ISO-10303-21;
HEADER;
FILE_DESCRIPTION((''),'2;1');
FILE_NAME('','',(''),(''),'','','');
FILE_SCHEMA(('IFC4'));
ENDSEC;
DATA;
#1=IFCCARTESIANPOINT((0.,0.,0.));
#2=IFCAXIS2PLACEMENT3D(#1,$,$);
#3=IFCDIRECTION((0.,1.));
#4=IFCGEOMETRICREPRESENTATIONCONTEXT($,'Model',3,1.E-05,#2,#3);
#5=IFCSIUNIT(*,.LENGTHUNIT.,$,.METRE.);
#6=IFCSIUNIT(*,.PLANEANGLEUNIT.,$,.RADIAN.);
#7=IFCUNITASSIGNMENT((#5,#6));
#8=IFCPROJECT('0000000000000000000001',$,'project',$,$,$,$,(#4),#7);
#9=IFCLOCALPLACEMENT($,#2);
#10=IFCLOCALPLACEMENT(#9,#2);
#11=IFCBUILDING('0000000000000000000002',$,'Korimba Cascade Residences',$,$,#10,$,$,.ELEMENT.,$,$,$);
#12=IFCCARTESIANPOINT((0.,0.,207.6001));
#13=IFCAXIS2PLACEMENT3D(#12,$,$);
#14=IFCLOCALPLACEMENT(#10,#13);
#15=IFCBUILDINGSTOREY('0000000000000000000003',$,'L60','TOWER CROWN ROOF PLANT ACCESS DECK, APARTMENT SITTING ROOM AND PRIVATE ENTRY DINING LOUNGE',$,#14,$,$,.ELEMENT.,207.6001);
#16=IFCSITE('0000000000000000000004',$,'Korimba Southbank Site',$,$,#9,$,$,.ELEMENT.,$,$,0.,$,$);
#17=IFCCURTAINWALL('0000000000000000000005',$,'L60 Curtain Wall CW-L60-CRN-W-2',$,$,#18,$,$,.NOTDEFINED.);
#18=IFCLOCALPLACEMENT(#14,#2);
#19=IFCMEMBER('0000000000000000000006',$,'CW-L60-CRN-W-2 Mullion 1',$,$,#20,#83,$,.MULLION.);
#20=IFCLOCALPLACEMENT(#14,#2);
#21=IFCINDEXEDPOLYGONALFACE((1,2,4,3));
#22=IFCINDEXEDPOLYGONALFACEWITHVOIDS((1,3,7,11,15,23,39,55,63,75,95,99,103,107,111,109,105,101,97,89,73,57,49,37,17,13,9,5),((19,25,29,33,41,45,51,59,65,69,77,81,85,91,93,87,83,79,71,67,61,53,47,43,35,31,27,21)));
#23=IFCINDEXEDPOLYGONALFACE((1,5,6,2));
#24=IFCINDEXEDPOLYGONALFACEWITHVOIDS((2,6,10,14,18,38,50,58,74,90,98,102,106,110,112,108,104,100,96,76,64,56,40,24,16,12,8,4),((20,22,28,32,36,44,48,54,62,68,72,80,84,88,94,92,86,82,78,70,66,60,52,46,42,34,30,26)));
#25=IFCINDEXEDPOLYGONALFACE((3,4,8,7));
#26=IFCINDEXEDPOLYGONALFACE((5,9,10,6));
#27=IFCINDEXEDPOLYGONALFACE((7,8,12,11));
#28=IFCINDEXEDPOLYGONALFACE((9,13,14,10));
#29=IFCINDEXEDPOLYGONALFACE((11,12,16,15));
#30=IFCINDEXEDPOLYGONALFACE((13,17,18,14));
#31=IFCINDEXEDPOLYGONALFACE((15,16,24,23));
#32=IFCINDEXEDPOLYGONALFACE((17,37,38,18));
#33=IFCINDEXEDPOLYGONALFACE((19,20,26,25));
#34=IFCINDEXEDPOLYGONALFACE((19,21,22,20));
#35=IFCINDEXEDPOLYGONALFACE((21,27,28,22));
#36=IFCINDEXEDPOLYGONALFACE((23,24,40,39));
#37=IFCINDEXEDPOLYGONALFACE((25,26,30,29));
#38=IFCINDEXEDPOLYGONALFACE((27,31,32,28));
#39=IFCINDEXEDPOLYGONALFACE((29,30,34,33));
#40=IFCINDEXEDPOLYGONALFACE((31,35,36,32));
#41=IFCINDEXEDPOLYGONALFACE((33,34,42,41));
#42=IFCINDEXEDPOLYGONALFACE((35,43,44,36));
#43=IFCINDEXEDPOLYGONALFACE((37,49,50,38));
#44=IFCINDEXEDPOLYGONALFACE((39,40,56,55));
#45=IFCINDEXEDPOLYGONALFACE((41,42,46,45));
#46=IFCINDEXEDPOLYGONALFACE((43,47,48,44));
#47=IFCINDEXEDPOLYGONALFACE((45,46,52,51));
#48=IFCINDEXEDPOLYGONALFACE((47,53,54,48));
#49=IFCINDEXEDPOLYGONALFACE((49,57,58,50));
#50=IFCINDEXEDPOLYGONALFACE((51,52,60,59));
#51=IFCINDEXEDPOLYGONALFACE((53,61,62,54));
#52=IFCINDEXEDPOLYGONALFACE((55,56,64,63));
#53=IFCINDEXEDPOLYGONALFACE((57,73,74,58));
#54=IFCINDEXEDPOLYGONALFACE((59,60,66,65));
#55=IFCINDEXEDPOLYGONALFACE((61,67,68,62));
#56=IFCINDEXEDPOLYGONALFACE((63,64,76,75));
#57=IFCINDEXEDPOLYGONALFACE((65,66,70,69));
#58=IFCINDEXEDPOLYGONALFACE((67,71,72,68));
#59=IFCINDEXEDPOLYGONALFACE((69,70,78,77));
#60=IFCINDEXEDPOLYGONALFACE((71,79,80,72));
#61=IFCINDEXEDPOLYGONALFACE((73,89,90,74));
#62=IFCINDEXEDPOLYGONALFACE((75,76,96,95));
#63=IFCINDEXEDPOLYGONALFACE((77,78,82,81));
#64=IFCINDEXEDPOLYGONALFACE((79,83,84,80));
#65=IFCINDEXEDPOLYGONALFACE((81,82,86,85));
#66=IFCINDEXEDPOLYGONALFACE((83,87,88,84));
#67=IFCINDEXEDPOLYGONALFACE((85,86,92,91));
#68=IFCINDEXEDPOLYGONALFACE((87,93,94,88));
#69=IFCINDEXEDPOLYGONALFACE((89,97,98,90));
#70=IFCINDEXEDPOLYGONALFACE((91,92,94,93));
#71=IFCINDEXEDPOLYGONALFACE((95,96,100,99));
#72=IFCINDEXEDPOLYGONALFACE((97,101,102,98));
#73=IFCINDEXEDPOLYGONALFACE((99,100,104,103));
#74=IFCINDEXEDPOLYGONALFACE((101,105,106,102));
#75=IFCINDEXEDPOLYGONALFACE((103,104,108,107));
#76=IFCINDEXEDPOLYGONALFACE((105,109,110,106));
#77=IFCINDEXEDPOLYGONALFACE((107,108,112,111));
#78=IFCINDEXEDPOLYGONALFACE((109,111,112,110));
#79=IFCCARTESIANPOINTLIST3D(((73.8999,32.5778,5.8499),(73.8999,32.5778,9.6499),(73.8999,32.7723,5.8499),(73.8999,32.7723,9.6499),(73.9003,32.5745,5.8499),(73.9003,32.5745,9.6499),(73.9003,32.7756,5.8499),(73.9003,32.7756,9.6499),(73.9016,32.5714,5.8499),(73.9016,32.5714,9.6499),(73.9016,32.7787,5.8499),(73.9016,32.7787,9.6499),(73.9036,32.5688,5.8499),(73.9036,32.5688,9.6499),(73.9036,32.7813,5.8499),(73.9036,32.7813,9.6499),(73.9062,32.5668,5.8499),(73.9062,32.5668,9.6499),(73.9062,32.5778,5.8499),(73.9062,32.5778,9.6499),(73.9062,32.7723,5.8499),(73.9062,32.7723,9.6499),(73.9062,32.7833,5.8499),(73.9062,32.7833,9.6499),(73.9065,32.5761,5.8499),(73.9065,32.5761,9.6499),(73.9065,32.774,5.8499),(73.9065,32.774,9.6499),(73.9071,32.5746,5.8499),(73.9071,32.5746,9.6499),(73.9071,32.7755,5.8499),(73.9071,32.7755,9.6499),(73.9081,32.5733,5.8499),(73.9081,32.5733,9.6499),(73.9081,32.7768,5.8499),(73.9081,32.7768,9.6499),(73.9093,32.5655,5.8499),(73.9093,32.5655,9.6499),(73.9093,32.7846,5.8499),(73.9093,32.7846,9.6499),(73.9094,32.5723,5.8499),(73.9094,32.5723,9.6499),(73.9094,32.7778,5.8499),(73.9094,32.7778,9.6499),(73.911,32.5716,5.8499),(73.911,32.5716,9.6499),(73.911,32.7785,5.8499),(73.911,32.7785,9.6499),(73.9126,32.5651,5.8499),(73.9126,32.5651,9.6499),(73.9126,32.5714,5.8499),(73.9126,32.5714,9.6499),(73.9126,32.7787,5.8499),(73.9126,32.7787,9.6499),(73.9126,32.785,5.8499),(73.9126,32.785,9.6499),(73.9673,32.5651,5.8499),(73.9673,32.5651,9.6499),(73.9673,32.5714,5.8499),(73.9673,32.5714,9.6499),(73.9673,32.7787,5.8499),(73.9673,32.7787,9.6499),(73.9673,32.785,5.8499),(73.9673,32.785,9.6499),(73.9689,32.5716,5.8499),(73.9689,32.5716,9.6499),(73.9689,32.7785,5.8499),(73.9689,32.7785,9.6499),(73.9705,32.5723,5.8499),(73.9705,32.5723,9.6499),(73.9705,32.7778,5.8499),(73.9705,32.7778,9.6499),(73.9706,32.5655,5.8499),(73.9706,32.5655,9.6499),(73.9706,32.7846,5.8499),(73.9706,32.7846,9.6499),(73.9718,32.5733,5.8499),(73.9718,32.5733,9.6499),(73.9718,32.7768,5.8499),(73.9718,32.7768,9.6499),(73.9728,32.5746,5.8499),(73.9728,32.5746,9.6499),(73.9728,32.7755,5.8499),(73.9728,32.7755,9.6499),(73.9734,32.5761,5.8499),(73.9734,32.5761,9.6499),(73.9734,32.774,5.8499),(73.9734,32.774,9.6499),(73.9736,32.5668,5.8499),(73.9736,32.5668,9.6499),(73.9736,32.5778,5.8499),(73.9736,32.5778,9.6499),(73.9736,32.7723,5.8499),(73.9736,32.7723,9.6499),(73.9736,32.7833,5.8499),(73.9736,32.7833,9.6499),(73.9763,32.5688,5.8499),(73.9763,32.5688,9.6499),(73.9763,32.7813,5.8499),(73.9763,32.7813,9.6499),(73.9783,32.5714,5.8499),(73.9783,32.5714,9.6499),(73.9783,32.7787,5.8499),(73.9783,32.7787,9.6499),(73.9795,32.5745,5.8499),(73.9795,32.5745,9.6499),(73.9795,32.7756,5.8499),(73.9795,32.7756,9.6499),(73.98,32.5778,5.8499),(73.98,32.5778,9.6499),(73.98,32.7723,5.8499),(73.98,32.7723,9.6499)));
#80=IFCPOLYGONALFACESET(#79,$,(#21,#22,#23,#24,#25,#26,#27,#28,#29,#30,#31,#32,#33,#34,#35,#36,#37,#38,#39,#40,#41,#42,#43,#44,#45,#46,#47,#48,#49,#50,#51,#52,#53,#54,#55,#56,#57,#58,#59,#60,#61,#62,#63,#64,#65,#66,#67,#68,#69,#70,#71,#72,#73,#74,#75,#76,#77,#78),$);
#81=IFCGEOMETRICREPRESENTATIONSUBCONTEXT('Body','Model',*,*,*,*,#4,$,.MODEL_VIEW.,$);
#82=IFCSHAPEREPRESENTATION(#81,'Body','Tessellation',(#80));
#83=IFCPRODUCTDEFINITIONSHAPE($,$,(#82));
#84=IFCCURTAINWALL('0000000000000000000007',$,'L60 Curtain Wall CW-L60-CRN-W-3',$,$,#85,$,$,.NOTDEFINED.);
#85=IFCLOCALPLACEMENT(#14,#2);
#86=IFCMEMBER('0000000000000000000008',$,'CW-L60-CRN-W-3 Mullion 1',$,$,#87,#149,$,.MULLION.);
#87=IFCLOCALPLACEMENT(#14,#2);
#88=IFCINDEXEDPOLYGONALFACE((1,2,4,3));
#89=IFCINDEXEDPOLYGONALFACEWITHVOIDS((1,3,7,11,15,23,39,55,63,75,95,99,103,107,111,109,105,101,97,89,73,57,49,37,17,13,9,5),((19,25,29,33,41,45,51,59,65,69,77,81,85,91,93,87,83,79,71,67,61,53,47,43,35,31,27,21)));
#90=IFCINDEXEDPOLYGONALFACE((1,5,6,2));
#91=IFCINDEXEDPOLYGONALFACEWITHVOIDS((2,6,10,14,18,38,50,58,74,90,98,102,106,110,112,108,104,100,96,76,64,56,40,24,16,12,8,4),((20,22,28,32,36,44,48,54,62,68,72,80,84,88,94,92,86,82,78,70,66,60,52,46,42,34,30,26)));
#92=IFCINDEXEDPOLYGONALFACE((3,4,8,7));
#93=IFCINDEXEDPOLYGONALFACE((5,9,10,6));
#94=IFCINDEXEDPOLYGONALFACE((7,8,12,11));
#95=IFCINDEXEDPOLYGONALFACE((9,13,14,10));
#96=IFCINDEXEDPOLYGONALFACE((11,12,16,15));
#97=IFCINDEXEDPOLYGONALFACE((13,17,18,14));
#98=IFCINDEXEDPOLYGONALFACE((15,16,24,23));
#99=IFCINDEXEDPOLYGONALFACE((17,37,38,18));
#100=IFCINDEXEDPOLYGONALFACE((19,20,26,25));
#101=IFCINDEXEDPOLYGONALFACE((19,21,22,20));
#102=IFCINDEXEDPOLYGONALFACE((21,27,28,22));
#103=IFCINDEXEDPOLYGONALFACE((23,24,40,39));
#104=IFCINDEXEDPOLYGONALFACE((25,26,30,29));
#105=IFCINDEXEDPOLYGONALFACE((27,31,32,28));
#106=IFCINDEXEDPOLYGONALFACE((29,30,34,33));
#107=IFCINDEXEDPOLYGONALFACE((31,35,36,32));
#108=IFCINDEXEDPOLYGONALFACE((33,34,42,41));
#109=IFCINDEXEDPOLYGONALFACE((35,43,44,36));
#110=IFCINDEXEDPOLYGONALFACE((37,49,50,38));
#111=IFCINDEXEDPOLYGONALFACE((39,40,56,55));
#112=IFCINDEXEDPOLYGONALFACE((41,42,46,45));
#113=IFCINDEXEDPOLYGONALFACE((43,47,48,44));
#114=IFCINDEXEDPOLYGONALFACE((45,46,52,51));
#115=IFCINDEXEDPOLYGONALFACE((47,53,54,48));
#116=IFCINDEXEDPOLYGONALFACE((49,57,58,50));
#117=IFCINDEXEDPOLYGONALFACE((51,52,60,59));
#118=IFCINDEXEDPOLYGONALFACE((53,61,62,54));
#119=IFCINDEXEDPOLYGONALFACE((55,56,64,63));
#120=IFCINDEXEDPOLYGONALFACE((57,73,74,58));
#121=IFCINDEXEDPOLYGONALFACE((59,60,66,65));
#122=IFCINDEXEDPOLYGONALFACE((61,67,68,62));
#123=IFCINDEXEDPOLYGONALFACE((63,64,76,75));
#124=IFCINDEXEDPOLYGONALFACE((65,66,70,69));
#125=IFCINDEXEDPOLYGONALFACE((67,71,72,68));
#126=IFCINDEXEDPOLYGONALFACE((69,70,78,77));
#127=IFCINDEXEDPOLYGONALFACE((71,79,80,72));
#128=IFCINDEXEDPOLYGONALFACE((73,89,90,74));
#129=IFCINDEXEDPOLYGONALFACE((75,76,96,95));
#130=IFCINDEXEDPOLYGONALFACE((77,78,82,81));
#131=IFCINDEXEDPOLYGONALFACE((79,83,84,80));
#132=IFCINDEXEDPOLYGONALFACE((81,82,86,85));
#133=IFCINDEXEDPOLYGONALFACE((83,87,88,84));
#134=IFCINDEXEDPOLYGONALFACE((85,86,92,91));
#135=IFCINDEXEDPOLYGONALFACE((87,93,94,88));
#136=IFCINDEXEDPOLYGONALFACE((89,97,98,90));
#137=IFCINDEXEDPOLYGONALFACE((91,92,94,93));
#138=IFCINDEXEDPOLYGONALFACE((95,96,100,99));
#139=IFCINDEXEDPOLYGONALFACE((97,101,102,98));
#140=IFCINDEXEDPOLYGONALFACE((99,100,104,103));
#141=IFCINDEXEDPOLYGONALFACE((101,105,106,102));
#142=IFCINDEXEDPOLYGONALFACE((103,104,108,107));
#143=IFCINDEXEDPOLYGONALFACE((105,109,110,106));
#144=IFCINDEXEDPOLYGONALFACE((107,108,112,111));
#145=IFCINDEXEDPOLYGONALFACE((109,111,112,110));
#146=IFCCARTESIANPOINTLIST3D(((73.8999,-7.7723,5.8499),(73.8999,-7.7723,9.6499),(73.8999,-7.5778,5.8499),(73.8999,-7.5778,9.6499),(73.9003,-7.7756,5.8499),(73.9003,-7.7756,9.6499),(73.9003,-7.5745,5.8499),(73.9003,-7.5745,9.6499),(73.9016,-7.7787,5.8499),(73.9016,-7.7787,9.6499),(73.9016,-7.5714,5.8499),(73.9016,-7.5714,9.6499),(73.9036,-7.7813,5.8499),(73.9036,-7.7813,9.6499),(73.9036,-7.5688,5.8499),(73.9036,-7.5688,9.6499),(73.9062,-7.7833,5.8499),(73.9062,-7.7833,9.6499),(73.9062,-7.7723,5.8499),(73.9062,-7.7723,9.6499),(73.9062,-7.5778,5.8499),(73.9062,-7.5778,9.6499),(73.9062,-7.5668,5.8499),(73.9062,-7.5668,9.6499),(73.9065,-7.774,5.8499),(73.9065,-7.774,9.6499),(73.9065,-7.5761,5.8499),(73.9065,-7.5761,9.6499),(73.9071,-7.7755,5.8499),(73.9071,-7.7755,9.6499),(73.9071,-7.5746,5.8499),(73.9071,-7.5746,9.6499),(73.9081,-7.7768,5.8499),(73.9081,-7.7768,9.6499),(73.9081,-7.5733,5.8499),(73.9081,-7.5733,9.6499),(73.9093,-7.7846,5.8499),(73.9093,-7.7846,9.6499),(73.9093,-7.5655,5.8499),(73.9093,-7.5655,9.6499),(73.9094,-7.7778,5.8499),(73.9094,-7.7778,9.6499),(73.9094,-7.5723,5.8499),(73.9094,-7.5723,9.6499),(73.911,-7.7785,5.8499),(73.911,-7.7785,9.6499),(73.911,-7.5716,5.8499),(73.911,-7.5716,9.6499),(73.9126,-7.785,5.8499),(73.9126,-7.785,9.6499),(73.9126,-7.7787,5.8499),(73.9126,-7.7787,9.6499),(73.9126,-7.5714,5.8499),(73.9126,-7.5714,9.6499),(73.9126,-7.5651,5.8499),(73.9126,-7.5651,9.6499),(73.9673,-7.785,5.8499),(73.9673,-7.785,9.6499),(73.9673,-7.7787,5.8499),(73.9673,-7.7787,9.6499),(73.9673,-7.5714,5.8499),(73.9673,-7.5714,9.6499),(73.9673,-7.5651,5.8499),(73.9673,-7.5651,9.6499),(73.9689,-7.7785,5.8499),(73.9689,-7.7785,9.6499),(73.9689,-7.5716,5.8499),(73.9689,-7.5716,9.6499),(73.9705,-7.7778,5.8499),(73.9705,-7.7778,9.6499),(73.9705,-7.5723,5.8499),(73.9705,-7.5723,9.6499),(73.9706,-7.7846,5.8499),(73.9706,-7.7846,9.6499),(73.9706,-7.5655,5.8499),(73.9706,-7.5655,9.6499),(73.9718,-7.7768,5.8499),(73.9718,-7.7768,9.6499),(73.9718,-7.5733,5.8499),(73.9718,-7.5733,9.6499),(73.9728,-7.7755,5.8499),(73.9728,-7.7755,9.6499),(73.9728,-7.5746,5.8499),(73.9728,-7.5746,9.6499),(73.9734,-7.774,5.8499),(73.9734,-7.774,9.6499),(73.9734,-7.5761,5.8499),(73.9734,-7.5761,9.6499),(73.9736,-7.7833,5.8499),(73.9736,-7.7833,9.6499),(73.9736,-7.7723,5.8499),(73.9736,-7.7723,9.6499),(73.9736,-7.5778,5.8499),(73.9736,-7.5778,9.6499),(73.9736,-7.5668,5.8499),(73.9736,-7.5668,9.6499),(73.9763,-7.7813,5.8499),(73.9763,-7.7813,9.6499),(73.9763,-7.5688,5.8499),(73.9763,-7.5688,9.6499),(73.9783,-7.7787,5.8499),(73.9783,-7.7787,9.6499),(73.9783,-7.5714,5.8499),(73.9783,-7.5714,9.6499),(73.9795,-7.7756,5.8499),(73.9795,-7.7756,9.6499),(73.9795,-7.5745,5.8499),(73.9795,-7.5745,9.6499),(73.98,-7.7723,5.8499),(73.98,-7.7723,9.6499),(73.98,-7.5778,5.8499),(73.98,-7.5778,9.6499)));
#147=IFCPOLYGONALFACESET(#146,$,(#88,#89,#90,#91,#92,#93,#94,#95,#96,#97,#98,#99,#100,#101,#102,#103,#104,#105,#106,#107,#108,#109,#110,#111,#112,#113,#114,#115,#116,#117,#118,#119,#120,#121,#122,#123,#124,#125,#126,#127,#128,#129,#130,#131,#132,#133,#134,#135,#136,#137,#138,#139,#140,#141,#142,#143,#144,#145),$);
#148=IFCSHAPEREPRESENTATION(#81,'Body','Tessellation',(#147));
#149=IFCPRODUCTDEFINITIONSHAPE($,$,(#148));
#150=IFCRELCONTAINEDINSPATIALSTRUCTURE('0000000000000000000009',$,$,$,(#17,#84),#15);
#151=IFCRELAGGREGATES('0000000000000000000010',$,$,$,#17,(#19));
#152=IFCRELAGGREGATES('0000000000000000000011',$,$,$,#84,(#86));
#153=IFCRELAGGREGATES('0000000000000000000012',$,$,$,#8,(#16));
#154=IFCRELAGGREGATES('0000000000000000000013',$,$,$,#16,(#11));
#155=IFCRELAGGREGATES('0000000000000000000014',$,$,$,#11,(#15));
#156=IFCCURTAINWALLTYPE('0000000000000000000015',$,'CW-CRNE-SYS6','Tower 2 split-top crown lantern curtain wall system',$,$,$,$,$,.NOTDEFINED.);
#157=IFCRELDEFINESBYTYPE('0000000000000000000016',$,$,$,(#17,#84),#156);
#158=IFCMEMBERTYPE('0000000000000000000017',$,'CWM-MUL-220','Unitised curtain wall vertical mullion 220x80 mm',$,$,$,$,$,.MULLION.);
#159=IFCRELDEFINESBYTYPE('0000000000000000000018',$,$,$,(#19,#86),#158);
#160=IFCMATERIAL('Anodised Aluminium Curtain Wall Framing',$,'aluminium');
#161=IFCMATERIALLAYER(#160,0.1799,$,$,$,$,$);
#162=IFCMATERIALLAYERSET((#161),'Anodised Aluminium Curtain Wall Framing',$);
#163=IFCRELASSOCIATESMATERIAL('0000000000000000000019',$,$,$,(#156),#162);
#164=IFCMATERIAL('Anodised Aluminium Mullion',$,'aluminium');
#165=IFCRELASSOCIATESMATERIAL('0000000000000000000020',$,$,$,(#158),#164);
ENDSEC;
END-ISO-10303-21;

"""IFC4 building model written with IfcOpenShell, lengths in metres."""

from ifc_helpers import new_model, si_unit, direction, frame, origin, origin_2d, place, context, subcontext, project, spatial, hollow_rectangle, extrude, material, layer, layer_set, material_profile, profile_set, type_object, element, aggregate, save


model = new_model("IFC4")

# Units and contexts
model_context = context("Model", 3, precision=1e-05, world=origin(), true_north=direction((0.0, 1.0)))
body_context = subcontext(model_context, "Body", "Model", "MODEL_VIEW")
ifc_project = project(units=[si_unit("LENGTHUNIT", "METRE"), si_unit("PLANEANGLEUNIT", "RADIAN")], contexts=[model_context])

# Site, building, storey
site_placement = place(None, origin())
site = spatial("IfcSite", under=ifc_project, at=site_placement, Name="Korimba Southbank Site", CompositionType="ELEMENT", RefElevation=0.0)
building_placement = place(site_placement, origin())
building = spatial("IfcBuilding", under=site, at=building_placement, Name="Korimba Cascade Residences", CompositionType="ELEMENT")
storey_placement = place(building_placement, frame((0.0, 0.0, 207.6001)))
storey = spatial("IfcBuildingStorey", under=building, at=storey_placement, Name="L60", Description="TOWER CROWN ROOF PLANT ACCESS DECK, APARTMENT SITTING ROOM AND PRIVATE ENTRY DINING LOUNGE", CompositionType="ELEMENT", Elevation=207.6001)

# Curtain walls, members
ifc_material_1 = material(Name="Anodised Aluminium Curtain Wall Framing", Category="aluminium")
ifc_layer_1 = layer(ifc_material_1, 0.1799)
ifc_layer_set_1 = layer_set([ifc_layer_1], Name="Anodised Aluminium Curtain Wall Framing")
curtain_wall_type = type_object("IfcCurtainWallType", Name="CW-CRNE-SYS6", Description="Tower 2 split-top crown lantern curtain wall system", PredefinedType="NOTDEFINED", material=ifc_layer_set_1)
ifc_material_2 = material(Name="Anodised Aluminium Mullion", Category="aluminium")
ifc_material_profile_1 = material_profile(ifc_material_2, hollow_rectangle(XDim=0.0801, YDim=0.22, WallThickness=0.0063, InnerFilletRadius=0.0063, OuterFilletRadius=0.0127, at=origin_2d()), Name="Anodised Aluminium Mullion")
ifc_profile_set_1 = profile_set([ifc_material_profile_1], Name="Anodised Aluminium Mullion")
member_type_1 = type_object("IfcMemberType", Name="CWM-MUL-220", Description="Unitised curtain wall vertical mullion 220x80 mm", PredefinedType="MULLION", material=ifc_profile_set_1)
curtain_wall_1_placement = place(storey_placement, origin())
curtain_wall_1 = element("IfcCurtainWall", 1, at=curtain_wall_1_placement, inside=storey, type_object=curtain_wall_type, Name="L60 Curtain Wall CW-L60-CRN-W-2", PredefinedType="NOTDEFINED")
member_1_placement = place(storey_placement, frame((73.9399, 32.675, 5.8499), z_axis=(0.0, 0.0, 1.0), x_axis=(1.0, 0.0, 0.0)))
member_1 = element("IfcMember", 2, at=member_1_placement, type_object=member_type_1, Name="CW-L60-CRN-W-2 Mullion 1", PredefinedType="MULLION", context=body_context, shape_type="SweptSolid", body=[
    extrude(hollow_rectangle(XDim=0.0801, YDim=0.22, WallThickness=0.0063, InnerFilletRadius=0.0063, OuterFilletRadius=0.0127, at=origin_2d()), origin(), (0.0, 0.0, 1.0), 3.8),
])
curtain_wall_2_placement = place(storey_placement, origin())
curtain_wall_2 = element("IfcCurtainWall", 3, at=curtain_wall_2_placement, inside=storey, type_object=curtain_wall_type, Name="L60 Curtain Wall CW-L60-CRN-W-3", PredefinedType="NOTDEFINED")
member_2_placement = place(storey_placement, frame((73.9399, -7.675, 5.8499), z_axis=(0.0, 0.0, 1.0), x_axis=(1.0, 0.0, 0.0)))
member_2 = element("IfcMember", 4, at=member_2_placement, type_object=member_type_1, Name="CW-L60-CRN-W-3 Mullion 1", PredefinedType="MULLION", context=body_context, shape_type="SweptSolid", body=[
    extrude(hollow_rectangle(XDim=0.0801, YDim=0.22, WallThickness=0.0063, InnerFilletRadius=0.0063, OuterFilletRadius=0.0127, at=origin_2d()), origin(), (0.0, 0.0, 1.0), 3.8),
])

aggregate(curtain_wall_1, [member_1])
aggregate(curtain_wall_2, [member_2])

save(model, "model.ifc")
